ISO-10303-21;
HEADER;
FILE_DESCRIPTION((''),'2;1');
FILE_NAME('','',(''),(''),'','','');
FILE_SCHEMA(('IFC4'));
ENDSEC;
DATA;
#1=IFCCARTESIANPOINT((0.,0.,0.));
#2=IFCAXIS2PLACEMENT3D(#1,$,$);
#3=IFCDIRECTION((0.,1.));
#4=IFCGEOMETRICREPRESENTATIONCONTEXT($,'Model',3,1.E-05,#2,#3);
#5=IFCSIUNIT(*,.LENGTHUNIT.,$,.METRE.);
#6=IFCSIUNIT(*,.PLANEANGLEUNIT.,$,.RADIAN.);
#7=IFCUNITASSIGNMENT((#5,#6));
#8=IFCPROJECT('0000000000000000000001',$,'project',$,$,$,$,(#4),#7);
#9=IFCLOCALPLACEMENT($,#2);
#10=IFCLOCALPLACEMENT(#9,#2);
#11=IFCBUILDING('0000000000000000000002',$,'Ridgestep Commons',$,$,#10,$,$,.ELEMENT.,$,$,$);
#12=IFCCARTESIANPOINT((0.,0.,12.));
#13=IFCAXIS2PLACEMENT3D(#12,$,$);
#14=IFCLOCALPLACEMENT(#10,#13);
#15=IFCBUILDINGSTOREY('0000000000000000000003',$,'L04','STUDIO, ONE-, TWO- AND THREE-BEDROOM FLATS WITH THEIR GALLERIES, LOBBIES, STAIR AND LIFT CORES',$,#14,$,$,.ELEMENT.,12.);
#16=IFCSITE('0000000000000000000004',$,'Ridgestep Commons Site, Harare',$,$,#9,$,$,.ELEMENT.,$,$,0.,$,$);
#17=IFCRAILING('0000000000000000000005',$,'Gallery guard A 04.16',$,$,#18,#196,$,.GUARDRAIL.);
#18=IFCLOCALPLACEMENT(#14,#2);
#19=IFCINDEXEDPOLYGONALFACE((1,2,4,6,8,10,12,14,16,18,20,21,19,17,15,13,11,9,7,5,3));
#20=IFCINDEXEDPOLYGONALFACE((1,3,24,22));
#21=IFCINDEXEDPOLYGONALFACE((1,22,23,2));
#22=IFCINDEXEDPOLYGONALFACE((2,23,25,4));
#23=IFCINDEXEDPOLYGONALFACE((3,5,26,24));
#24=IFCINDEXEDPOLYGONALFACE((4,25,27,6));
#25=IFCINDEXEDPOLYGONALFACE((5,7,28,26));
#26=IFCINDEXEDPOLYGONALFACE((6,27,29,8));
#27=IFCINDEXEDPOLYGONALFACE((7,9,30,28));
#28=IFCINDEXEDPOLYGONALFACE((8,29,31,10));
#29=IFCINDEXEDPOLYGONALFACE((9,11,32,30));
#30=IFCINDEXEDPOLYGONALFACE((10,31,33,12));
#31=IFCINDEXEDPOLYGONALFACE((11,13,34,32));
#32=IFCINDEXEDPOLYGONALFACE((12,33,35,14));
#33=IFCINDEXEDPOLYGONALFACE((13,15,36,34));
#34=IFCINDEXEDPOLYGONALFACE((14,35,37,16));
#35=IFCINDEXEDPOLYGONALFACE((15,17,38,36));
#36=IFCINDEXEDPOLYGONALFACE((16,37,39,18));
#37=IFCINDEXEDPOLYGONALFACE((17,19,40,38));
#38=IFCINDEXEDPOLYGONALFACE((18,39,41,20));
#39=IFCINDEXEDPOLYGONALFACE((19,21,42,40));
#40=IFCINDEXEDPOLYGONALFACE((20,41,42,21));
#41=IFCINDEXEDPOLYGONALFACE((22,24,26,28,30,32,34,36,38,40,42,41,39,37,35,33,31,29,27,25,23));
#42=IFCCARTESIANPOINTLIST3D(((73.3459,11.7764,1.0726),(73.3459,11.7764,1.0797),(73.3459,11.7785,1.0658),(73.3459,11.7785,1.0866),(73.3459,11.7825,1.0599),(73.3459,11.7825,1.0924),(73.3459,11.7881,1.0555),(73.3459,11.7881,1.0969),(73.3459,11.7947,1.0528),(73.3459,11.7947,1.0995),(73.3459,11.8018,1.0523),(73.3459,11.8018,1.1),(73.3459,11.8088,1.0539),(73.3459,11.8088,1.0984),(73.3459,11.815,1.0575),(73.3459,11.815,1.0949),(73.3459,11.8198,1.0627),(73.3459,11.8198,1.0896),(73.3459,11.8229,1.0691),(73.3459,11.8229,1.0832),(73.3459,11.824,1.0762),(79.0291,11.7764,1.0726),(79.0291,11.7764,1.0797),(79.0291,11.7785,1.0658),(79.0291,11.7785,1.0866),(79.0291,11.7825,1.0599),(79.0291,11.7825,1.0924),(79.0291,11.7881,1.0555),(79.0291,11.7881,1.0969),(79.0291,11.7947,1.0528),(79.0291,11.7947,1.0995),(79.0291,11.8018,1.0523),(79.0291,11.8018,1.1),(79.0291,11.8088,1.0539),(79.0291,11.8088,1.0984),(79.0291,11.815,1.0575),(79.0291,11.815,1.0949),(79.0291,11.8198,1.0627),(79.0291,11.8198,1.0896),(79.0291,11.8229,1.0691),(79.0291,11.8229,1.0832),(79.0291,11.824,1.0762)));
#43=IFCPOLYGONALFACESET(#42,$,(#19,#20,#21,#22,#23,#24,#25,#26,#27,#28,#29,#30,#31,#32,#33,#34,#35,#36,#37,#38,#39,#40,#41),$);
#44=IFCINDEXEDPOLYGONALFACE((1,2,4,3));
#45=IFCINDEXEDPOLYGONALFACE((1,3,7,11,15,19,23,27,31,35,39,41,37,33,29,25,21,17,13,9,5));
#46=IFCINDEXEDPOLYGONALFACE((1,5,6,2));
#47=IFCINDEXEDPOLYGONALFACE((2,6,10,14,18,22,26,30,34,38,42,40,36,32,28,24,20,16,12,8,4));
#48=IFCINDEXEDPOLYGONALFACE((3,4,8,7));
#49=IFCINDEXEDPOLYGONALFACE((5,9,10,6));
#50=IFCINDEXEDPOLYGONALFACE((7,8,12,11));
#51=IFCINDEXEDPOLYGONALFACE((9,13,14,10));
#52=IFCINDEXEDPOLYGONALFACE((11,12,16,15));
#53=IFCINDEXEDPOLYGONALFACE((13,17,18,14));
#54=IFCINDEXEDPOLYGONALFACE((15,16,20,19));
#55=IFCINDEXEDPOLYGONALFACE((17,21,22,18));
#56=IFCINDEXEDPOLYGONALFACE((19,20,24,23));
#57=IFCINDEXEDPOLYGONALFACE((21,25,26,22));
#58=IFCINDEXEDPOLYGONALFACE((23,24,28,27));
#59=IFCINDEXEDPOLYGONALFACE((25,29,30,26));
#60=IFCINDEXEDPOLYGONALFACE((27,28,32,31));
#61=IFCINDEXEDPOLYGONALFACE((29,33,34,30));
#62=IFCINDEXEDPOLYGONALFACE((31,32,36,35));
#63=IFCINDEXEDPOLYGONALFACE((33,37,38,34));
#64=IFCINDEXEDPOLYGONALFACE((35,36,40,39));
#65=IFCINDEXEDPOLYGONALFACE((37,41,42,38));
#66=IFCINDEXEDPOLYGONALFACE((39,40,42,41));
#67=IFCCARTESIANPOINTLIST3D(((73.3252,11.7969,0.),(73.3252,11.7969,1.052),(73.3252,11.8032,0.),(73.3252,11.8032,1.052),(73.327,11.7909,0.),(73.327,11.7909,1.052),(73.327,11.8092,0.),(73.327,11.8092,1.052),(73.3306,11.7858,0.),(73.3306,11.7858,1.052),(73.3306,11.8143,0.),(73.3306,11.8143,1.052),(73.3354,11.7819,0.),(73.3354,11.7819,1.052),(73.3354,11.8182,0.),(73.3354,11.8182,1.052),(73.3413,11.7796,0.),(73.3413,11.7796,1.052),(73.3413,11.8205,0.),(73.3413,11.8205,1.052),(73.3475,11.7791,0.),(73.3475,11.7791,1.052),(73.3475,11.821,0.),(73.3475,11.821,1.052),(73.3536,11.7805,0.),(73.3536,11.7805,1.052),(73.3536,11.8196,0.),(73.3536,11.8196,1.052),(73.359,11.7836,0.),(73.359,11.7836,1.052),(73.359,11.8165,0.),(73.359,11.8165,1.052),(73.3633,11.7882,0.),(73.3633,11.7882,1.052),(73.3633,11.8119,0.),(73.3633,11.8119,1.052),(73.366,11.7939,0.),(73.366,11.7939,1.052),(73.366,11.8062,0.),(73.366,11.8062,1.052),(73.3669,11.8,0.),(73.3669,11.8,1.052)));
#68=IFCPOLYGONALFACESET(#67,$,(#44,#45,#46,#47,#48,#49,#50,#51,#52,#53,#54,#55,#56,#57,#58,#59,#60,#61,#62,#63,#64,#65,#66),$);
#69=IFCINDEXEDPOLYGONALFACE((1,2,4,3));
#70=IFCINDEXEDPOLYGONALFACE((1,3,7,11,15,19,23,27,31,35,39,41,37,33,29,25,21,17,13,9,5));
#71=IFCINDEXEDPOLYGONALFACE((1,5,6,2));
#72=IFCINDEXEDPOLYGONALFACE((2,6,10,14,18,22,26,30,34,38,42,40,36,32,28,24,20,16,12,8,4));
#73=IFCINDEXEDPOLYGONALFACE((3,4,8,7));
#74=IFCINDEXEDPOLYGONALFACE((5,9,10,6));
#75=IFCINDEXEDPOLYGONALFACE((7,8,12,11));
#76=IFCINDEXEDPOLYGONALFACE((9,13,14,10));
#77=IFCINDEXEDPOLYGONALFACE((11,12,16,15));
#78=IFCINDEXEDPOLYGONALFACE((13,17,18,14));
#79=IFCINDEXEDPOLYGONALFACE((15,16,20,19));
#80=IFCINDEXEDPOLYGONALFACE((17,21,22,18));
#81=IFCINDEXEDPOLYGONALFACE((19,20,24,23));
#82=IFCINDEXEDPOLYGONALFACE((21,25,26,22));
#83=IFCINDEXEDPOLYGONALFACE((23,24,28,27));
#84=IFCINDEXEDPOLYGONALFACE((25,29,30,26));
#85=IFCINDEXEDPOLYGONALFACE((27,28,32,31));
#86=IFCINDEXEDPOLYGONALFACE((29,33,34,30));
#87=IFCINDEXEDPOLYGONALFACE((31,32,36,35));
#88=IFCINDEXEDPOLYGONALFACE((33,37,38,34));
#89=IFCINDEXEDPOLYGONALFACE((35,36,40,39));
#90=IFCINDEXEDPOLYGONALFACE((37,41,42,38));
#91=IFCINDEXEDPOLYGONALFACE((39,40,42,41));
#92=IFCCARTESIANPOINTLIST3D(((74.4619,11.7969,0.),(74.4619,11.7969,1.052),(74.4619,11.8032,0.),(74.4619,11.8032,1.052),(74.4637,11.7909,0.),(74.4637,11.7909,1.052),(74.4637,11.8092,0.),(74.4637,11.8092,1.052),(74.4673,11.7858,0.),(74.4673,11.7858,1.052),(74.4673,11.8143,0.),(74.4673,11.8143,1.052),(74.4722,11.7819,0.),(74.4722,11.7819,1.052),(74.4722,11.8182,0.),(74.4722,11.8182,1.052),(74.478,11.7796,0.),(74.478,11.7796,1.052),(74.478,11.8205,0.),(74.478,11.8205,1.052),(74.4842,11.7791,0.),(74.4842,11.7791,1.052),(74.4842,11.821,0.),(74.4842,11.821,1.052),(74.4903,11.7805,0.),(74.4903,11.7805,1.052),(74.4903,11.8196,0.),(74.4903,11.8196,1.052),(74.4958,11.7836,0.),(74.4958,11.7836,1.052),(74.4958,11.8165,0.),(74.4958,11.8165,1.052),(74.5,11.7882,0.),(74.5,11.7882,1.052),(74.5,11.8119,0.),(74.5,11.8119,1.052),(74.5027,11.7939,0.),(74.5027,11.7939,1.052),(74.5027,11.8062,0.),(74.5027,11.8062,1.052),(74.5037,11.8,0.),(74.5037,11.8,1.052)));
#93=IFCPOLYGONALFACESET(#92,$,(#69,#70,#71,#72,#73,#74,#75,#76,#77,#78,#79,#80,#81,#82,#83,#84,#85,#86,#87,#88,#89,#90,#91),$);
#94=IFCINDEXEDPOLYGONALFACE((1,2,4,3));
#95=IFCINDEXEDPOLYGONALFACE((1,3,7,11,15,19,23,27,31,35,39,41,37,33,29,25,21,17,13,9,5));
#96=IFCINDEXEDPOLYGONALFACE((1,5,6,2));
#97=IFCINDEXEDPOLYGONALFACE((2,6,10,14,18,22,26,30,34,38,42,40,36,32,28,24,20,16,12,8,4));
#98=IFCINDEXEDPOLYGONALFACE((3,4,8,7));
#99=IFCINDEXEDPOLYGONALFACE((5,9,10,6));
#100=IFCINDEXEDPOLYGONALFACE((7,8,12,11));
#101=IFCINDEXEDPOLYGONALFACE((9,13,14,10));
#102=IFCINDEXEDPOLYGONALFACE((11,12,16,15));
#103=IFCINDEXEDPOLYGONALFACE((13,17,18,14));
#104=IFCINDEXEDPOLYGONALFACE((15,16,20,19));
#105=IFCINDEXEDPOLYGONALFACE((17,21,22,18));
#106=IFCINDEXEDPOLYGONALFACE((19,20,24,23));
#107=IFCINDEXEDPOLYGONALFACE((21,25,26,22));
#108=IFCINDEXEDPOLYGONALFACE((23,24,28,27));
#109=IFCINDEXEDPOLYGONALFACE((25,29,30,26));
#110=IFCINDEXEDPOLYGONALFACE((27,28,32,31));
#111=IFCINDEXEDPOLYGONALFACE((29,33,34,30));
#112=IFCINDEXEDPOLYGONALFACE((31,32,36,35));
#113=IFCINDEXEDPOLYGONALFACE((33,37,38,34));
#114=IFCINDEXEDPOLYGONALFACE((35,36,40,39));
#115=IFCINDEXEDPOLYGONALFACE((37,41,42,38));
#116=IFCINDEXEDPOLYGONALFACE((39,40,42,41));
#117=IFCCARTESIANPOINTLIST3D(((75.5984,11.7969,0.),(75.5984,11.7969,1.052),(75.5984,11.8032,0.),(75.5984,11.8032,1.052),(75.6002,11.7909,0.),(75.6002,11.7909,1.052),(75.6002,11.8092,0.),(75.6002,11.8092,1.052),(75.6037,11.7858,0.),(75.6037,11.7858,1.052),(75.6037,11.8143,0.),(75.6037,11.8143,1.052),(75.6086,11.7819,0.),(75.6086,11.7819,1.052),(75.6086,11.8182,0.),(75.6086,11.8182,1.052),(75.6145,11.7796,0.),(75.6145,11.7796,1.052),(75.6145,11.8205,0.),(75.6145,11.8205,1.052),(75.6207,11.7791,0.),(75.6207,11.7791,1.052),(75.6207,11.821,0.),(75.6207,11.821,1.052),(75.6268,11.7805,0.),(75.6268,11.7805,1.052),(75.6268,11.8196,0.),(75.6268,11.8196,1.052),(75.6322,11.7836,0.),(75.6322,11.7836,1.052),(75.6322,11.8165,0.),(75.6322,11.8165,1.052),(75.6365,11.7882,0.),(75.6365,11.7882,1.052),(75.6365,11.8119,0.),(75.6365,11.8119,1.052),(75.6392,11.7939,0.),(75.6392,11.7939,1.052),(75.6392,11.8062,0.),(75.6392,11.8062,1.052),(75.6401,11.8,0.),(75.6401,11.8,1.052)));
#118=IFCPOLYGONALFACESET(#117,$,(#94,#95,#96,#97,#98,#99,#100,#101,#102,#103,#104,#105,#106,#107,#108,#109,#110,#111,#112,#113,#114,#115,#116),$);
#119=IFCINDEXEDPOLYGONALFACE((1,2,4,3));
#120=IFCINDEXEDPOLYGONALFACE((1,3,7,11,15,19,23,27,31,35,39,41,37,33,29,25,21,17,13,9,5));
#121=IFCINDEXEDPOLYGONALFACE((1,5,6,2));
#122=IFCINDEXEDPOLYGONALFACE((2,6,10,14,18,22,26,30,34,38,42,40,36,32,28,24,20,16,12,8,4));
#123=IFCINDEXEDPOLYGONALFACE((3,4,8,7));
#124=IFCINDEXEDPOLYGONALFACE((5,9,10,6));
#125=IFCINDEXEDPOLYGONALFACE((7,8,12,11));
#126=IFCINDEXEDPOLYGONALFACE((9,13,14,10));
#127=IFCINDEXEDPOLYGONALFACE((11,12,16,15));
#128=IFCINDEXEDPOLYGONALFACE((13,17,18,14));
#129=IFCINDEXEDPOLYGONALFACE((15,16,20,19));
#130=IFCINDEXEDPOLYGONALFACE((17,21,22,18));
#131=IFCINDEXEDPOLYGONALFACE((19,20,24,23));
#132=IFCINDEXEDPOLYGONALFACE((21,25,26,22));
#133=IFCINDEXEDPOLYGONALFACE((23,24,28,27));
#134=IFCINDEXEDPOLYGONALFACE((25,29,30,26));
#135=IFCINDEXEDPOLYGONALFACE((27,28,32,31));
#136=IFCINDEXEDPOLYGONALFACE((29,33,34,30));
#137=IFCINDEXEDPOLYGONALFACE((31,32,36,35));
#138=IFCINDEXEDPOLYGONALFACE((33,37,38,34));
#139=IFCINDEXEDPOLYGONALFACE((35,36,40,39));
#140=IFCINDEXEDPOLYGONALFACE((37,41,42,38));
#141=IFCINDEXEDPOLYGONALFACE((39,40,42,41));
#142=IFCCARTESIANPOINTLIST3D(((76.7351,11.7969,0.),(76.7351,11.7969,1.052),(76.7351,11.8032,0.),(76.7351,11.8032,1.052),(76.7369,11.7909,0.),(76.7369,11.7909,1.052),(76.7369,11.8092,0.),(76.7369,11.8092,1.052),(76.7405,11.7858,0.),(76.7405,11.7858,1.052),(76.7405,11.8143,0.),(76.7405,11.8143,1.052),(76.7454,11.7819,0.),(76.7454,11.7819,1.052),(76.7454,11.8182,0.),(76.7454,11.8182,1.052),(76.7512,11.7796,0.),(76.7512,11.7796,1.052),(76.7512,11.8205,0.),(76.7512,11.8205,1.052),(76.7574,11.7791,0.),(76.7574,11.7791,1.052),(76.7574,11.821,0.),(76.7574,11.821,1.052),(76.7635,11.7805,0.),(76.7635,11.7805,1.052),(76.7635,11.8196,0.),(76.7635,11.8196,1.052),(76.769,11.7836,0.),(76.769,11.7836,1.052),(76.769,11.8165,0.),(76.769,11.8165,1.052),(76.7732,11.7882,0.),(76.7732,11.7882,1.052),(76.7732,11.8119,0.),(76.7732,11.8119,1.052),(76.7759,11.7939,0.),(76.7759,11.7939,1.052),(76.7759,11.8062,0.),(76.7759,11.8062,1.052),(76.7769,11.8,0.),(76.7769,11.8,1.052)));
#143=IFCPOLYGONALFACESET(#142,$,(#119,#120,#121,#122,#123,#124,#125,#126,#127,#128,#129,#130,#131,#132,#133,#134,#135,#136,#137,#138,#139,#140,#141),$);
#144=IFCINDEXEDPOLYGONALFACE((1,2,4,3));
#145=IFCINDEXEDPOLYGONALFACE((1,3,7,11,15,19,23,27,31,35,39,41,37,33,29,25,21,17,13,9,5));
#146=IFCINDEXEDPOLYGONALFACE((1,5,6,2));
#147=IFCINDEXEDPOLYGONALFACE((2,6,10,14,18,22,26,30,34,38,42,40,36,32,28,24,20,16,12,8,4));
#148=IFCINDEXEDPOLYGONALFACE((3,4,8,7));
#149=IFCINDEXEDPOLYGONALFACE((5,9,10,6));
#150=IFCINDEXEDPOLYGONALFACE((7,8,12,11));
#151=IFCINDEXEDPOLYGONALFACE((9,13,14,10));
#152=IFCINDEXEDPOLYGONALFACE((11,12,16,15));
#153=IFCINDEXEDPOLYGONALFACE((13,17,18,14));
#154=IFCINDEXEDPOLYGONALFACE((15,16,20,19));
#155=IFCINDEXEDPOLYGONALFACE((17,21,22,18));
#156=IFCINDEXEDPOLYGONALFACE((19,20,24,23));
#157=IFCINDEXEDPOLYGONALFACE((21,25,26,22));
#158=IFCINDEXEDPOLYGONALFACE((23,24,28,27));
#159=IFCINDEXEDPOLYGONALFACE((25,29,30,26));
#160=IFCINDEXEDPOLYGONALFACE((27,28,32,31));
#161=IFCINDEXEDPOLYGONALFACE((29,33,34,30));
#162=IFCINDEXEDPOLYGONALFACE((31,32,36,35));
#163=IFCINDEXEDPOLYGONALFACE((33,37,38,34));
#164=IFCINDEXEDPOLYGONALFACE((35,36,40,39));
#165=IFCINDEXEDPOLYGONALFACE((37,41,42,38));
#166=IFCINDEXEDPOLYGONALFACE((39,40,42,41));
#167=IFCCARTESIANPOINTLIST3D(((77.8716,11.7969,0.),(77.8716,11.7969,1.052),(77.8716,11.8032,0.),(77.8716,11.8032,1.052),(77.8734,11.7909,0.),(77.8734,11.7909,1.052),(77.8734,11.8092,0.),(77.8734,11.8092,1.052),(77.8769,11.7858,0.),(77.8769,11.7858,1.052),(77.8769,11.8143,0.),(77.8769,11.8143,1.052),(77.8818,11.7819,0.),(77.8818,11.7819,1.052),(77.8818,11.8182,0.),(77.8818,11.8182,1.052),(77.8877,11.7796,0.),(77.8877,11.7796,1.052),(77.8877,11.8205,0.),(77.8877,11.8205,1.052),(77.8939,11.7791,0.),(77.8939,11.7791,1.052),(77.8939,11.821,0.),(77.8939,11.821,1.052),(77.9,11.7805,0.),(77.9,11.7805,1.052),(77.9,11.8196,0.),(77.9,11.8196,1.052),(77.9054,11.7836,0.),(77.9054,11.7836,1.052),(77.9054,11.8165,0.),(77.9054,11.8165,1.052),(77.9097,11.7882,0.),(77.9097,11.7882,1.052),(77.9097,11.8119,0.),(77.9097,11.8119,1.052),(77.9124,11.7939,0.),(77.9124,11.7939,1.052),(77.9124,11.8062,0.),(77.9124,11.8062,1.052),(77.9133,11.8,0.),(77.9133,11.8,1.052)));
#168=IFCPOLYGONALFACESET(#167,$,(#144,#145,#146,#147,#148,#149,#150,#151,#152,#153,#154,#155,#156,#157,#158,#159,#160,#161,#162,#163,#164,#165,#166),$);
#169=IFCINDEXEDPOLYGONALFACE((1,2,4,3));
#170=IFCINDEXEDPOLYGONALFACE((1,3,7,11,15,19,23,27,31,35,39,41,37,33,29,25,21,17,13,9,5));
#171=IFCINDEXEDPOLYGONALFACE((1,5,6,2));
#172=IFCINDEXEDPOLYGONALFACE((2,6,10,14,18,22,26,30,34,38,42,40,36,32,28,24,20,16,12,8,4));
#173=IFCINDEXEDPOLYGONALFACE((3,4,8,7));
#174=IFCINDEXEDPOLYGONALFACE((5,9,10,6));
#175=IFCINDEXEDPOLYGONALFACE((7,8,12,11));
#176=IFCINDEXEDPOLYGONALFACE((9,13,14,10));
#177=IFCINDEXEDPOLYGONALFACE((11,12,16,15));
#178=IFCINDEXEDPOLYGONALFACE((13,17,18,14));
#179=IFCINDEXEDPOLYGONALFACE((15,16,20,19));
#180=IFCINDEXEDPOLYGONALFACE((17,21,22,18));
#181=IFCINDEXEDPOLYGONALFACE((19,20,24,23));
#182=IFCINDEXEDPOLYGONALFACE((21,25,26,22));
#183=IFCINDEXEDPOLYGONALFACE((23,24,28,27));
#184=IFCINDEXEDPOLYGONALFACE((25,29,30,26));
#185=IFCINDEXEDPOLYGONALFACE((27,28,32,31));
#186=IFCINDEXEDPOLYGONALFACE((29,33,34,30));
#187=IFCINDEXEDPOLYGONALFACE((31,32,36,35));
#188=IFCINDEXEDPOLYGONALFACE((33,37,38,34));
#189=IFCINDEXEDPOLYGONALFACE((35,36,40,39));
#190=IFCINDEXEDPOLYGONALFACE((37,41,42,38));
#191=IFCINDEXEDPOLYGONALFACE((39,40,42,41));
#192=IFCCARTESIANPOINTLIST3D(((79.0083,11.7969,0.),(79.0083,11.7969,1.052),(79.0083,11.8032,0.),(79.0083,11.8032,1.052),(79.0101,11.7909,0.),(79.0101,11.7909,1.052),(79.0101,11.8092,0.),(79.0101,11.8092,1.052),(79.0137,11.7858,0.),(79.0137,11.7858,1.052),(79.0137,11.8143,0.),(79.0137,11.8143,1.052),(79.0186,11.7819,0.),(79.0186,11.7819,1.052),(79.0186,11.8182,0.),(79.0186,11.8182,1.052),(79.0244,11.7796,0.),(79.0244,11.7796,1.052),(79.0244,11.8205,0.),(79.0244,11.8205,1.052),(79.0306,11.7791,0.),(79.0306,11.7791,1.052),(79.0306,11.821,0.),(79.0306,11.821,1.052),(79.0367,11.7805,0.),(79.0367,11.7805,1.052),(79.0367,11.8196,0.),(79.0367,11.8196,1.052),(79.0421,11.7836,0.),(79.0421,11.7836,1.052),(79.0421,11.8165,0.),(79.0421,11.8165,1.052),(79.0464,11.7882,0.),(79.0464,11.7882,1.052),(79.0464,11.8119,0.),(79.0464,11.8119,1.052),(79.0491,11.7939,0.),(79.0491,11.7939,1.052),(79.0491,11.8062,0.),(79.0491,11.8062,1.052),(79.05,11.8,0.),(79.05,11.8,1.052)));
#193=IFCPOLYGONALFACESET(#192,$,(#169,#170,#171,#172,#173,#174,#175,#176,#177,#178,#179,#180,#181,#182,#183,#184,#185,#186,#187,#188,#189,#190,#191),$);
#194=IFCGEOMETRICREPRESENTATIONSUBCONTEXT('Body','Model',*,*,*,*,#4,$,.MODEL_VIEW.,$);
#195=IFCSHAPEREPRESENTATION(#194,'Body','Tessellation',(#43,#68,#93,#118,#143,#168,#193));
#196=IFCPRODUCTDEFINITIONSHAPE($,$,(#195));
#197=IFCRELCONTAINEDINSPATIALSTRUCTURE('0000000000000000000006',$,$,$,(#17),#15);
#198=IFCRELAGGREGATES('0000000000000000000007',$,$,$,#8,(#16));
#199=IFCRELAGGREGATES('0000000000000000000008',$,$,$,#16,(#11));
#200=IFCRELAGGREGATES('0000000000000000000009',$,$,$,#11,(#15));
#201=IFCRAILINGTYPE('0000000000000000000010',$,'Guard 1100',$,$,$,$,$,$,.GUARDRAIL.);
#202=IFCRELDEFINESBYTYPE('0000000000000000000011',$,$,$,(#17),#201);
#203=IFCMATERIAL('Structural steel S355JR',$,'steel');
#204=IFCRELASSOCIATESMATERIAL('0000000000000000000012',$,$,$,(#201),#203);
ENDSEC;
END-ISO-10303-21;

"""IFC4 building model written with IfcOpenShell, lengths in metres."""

from ifc_helpers import new_model, si_unit, direction, frame, origin, origin_2d, place, context, subcontext, project, spatial, circle, extrude, material, type_object, element, save


model = new_model("IFC4")

# Units and contexts
model_context = context("Model", 3, precision=1e-05, world=origin(), true_north=direction((0.0, 1.0)))
body_context = subcontext(model_context, "Body", "Model", "MODEL_VIEW")
ifc_project = project(units=[si_unit("LENGTHUNIT", "METRE"), si_unit("PLANEANGLEUNIT", "RADIAN")], contexts=[model_context])

# Site, building, storey
site_placement = place(None, origin())
site = spatial("IfcSite", under=ifc_project, at=site_placement, Name="Ridgestep Commons Site, Harare", CompositionType="ELEMENT", RefElevation=0.0)
building_placement = place(site_placement, origin())
building = spatial("IfcBuilding", under=site, at=building_placement, Name="Ridgestep Commons", CompositionType="ELEMENT")
storey_placement = place(building_placement, frame((0.0, 0.0, 12.0)))
storey = spatial("IfcBuildingStorey", under=building, at=storey_placement, Name="L04", Description="STUDIO, ONE-, TWO- AND THREE-BEDROOM FLATS WITH THEIR GALLERIES, LOBBIES, STAIR AND LIFT CORES", CompositionType="ELEMENT", Elevation=12.0)

# Railing
ifc_material_1 = material(Name="Structural steel S355JR", Category="steel")
railing_type_1 = type_object("IfcRailingType", Name="Guard 1100", PredefinedType="GUARDRAIL", material=ifc_material_1)
railing_1_placement = place(storey_placement, frame((73.3459, 11.8, 0.0)))
element("IfcRailing", 1, at=railing_1_placement, inside=storey, type_object=railing_type_1, Name="Gallery guard A 04.16", PredefinedType="GUARDRAIL", context=body_context, shape_type="SweptSolid", body=[
    extrude(circle(Radius=0.0239, at=origin_2d()), frame((0.0, 0.0, 1.0762), z_axis=(1.0, 0.0, 0.0), x_axis=(0.0, 1.0, 0.0)), (0.0, 0.0, 1.0), 5.6831),
    extrude(circle(Radius=0.021, at=origin_2d()), origin(), (0.0, 0.0, 1.0), 1.052),
    extrude(circle(Radius=0.021, at=origin_2d()), frame((1.1367, 0.0, 0.0)), (0.0, 0.0, 1.0), 1.052),
    extrude(circle(Radius=0.021, at=origin_2d()), frame((2.2732, 0.0, 0.0)), (0.0, 0.0, 1.0), 1.052),
    extrude(circle(Radius=0.021, at=origin_2d()), frame((3.4099, 0.0, 0.0)), (0.0, 0.0, 1.0), 1.052),
    extrude(circle(Radius=0.021, at=origin_2d()), frame((4.5464, 0.0, 0.0)), (0.0, 0.0, 1.0), 1.052),
    extrude(circle(Radius=0.021, at=origin_2d()), frame((5.6831, 0.0, 0.0)), (0.0, 0.0, 1.0), 1.052),
])

save(model, "model.ifc")
